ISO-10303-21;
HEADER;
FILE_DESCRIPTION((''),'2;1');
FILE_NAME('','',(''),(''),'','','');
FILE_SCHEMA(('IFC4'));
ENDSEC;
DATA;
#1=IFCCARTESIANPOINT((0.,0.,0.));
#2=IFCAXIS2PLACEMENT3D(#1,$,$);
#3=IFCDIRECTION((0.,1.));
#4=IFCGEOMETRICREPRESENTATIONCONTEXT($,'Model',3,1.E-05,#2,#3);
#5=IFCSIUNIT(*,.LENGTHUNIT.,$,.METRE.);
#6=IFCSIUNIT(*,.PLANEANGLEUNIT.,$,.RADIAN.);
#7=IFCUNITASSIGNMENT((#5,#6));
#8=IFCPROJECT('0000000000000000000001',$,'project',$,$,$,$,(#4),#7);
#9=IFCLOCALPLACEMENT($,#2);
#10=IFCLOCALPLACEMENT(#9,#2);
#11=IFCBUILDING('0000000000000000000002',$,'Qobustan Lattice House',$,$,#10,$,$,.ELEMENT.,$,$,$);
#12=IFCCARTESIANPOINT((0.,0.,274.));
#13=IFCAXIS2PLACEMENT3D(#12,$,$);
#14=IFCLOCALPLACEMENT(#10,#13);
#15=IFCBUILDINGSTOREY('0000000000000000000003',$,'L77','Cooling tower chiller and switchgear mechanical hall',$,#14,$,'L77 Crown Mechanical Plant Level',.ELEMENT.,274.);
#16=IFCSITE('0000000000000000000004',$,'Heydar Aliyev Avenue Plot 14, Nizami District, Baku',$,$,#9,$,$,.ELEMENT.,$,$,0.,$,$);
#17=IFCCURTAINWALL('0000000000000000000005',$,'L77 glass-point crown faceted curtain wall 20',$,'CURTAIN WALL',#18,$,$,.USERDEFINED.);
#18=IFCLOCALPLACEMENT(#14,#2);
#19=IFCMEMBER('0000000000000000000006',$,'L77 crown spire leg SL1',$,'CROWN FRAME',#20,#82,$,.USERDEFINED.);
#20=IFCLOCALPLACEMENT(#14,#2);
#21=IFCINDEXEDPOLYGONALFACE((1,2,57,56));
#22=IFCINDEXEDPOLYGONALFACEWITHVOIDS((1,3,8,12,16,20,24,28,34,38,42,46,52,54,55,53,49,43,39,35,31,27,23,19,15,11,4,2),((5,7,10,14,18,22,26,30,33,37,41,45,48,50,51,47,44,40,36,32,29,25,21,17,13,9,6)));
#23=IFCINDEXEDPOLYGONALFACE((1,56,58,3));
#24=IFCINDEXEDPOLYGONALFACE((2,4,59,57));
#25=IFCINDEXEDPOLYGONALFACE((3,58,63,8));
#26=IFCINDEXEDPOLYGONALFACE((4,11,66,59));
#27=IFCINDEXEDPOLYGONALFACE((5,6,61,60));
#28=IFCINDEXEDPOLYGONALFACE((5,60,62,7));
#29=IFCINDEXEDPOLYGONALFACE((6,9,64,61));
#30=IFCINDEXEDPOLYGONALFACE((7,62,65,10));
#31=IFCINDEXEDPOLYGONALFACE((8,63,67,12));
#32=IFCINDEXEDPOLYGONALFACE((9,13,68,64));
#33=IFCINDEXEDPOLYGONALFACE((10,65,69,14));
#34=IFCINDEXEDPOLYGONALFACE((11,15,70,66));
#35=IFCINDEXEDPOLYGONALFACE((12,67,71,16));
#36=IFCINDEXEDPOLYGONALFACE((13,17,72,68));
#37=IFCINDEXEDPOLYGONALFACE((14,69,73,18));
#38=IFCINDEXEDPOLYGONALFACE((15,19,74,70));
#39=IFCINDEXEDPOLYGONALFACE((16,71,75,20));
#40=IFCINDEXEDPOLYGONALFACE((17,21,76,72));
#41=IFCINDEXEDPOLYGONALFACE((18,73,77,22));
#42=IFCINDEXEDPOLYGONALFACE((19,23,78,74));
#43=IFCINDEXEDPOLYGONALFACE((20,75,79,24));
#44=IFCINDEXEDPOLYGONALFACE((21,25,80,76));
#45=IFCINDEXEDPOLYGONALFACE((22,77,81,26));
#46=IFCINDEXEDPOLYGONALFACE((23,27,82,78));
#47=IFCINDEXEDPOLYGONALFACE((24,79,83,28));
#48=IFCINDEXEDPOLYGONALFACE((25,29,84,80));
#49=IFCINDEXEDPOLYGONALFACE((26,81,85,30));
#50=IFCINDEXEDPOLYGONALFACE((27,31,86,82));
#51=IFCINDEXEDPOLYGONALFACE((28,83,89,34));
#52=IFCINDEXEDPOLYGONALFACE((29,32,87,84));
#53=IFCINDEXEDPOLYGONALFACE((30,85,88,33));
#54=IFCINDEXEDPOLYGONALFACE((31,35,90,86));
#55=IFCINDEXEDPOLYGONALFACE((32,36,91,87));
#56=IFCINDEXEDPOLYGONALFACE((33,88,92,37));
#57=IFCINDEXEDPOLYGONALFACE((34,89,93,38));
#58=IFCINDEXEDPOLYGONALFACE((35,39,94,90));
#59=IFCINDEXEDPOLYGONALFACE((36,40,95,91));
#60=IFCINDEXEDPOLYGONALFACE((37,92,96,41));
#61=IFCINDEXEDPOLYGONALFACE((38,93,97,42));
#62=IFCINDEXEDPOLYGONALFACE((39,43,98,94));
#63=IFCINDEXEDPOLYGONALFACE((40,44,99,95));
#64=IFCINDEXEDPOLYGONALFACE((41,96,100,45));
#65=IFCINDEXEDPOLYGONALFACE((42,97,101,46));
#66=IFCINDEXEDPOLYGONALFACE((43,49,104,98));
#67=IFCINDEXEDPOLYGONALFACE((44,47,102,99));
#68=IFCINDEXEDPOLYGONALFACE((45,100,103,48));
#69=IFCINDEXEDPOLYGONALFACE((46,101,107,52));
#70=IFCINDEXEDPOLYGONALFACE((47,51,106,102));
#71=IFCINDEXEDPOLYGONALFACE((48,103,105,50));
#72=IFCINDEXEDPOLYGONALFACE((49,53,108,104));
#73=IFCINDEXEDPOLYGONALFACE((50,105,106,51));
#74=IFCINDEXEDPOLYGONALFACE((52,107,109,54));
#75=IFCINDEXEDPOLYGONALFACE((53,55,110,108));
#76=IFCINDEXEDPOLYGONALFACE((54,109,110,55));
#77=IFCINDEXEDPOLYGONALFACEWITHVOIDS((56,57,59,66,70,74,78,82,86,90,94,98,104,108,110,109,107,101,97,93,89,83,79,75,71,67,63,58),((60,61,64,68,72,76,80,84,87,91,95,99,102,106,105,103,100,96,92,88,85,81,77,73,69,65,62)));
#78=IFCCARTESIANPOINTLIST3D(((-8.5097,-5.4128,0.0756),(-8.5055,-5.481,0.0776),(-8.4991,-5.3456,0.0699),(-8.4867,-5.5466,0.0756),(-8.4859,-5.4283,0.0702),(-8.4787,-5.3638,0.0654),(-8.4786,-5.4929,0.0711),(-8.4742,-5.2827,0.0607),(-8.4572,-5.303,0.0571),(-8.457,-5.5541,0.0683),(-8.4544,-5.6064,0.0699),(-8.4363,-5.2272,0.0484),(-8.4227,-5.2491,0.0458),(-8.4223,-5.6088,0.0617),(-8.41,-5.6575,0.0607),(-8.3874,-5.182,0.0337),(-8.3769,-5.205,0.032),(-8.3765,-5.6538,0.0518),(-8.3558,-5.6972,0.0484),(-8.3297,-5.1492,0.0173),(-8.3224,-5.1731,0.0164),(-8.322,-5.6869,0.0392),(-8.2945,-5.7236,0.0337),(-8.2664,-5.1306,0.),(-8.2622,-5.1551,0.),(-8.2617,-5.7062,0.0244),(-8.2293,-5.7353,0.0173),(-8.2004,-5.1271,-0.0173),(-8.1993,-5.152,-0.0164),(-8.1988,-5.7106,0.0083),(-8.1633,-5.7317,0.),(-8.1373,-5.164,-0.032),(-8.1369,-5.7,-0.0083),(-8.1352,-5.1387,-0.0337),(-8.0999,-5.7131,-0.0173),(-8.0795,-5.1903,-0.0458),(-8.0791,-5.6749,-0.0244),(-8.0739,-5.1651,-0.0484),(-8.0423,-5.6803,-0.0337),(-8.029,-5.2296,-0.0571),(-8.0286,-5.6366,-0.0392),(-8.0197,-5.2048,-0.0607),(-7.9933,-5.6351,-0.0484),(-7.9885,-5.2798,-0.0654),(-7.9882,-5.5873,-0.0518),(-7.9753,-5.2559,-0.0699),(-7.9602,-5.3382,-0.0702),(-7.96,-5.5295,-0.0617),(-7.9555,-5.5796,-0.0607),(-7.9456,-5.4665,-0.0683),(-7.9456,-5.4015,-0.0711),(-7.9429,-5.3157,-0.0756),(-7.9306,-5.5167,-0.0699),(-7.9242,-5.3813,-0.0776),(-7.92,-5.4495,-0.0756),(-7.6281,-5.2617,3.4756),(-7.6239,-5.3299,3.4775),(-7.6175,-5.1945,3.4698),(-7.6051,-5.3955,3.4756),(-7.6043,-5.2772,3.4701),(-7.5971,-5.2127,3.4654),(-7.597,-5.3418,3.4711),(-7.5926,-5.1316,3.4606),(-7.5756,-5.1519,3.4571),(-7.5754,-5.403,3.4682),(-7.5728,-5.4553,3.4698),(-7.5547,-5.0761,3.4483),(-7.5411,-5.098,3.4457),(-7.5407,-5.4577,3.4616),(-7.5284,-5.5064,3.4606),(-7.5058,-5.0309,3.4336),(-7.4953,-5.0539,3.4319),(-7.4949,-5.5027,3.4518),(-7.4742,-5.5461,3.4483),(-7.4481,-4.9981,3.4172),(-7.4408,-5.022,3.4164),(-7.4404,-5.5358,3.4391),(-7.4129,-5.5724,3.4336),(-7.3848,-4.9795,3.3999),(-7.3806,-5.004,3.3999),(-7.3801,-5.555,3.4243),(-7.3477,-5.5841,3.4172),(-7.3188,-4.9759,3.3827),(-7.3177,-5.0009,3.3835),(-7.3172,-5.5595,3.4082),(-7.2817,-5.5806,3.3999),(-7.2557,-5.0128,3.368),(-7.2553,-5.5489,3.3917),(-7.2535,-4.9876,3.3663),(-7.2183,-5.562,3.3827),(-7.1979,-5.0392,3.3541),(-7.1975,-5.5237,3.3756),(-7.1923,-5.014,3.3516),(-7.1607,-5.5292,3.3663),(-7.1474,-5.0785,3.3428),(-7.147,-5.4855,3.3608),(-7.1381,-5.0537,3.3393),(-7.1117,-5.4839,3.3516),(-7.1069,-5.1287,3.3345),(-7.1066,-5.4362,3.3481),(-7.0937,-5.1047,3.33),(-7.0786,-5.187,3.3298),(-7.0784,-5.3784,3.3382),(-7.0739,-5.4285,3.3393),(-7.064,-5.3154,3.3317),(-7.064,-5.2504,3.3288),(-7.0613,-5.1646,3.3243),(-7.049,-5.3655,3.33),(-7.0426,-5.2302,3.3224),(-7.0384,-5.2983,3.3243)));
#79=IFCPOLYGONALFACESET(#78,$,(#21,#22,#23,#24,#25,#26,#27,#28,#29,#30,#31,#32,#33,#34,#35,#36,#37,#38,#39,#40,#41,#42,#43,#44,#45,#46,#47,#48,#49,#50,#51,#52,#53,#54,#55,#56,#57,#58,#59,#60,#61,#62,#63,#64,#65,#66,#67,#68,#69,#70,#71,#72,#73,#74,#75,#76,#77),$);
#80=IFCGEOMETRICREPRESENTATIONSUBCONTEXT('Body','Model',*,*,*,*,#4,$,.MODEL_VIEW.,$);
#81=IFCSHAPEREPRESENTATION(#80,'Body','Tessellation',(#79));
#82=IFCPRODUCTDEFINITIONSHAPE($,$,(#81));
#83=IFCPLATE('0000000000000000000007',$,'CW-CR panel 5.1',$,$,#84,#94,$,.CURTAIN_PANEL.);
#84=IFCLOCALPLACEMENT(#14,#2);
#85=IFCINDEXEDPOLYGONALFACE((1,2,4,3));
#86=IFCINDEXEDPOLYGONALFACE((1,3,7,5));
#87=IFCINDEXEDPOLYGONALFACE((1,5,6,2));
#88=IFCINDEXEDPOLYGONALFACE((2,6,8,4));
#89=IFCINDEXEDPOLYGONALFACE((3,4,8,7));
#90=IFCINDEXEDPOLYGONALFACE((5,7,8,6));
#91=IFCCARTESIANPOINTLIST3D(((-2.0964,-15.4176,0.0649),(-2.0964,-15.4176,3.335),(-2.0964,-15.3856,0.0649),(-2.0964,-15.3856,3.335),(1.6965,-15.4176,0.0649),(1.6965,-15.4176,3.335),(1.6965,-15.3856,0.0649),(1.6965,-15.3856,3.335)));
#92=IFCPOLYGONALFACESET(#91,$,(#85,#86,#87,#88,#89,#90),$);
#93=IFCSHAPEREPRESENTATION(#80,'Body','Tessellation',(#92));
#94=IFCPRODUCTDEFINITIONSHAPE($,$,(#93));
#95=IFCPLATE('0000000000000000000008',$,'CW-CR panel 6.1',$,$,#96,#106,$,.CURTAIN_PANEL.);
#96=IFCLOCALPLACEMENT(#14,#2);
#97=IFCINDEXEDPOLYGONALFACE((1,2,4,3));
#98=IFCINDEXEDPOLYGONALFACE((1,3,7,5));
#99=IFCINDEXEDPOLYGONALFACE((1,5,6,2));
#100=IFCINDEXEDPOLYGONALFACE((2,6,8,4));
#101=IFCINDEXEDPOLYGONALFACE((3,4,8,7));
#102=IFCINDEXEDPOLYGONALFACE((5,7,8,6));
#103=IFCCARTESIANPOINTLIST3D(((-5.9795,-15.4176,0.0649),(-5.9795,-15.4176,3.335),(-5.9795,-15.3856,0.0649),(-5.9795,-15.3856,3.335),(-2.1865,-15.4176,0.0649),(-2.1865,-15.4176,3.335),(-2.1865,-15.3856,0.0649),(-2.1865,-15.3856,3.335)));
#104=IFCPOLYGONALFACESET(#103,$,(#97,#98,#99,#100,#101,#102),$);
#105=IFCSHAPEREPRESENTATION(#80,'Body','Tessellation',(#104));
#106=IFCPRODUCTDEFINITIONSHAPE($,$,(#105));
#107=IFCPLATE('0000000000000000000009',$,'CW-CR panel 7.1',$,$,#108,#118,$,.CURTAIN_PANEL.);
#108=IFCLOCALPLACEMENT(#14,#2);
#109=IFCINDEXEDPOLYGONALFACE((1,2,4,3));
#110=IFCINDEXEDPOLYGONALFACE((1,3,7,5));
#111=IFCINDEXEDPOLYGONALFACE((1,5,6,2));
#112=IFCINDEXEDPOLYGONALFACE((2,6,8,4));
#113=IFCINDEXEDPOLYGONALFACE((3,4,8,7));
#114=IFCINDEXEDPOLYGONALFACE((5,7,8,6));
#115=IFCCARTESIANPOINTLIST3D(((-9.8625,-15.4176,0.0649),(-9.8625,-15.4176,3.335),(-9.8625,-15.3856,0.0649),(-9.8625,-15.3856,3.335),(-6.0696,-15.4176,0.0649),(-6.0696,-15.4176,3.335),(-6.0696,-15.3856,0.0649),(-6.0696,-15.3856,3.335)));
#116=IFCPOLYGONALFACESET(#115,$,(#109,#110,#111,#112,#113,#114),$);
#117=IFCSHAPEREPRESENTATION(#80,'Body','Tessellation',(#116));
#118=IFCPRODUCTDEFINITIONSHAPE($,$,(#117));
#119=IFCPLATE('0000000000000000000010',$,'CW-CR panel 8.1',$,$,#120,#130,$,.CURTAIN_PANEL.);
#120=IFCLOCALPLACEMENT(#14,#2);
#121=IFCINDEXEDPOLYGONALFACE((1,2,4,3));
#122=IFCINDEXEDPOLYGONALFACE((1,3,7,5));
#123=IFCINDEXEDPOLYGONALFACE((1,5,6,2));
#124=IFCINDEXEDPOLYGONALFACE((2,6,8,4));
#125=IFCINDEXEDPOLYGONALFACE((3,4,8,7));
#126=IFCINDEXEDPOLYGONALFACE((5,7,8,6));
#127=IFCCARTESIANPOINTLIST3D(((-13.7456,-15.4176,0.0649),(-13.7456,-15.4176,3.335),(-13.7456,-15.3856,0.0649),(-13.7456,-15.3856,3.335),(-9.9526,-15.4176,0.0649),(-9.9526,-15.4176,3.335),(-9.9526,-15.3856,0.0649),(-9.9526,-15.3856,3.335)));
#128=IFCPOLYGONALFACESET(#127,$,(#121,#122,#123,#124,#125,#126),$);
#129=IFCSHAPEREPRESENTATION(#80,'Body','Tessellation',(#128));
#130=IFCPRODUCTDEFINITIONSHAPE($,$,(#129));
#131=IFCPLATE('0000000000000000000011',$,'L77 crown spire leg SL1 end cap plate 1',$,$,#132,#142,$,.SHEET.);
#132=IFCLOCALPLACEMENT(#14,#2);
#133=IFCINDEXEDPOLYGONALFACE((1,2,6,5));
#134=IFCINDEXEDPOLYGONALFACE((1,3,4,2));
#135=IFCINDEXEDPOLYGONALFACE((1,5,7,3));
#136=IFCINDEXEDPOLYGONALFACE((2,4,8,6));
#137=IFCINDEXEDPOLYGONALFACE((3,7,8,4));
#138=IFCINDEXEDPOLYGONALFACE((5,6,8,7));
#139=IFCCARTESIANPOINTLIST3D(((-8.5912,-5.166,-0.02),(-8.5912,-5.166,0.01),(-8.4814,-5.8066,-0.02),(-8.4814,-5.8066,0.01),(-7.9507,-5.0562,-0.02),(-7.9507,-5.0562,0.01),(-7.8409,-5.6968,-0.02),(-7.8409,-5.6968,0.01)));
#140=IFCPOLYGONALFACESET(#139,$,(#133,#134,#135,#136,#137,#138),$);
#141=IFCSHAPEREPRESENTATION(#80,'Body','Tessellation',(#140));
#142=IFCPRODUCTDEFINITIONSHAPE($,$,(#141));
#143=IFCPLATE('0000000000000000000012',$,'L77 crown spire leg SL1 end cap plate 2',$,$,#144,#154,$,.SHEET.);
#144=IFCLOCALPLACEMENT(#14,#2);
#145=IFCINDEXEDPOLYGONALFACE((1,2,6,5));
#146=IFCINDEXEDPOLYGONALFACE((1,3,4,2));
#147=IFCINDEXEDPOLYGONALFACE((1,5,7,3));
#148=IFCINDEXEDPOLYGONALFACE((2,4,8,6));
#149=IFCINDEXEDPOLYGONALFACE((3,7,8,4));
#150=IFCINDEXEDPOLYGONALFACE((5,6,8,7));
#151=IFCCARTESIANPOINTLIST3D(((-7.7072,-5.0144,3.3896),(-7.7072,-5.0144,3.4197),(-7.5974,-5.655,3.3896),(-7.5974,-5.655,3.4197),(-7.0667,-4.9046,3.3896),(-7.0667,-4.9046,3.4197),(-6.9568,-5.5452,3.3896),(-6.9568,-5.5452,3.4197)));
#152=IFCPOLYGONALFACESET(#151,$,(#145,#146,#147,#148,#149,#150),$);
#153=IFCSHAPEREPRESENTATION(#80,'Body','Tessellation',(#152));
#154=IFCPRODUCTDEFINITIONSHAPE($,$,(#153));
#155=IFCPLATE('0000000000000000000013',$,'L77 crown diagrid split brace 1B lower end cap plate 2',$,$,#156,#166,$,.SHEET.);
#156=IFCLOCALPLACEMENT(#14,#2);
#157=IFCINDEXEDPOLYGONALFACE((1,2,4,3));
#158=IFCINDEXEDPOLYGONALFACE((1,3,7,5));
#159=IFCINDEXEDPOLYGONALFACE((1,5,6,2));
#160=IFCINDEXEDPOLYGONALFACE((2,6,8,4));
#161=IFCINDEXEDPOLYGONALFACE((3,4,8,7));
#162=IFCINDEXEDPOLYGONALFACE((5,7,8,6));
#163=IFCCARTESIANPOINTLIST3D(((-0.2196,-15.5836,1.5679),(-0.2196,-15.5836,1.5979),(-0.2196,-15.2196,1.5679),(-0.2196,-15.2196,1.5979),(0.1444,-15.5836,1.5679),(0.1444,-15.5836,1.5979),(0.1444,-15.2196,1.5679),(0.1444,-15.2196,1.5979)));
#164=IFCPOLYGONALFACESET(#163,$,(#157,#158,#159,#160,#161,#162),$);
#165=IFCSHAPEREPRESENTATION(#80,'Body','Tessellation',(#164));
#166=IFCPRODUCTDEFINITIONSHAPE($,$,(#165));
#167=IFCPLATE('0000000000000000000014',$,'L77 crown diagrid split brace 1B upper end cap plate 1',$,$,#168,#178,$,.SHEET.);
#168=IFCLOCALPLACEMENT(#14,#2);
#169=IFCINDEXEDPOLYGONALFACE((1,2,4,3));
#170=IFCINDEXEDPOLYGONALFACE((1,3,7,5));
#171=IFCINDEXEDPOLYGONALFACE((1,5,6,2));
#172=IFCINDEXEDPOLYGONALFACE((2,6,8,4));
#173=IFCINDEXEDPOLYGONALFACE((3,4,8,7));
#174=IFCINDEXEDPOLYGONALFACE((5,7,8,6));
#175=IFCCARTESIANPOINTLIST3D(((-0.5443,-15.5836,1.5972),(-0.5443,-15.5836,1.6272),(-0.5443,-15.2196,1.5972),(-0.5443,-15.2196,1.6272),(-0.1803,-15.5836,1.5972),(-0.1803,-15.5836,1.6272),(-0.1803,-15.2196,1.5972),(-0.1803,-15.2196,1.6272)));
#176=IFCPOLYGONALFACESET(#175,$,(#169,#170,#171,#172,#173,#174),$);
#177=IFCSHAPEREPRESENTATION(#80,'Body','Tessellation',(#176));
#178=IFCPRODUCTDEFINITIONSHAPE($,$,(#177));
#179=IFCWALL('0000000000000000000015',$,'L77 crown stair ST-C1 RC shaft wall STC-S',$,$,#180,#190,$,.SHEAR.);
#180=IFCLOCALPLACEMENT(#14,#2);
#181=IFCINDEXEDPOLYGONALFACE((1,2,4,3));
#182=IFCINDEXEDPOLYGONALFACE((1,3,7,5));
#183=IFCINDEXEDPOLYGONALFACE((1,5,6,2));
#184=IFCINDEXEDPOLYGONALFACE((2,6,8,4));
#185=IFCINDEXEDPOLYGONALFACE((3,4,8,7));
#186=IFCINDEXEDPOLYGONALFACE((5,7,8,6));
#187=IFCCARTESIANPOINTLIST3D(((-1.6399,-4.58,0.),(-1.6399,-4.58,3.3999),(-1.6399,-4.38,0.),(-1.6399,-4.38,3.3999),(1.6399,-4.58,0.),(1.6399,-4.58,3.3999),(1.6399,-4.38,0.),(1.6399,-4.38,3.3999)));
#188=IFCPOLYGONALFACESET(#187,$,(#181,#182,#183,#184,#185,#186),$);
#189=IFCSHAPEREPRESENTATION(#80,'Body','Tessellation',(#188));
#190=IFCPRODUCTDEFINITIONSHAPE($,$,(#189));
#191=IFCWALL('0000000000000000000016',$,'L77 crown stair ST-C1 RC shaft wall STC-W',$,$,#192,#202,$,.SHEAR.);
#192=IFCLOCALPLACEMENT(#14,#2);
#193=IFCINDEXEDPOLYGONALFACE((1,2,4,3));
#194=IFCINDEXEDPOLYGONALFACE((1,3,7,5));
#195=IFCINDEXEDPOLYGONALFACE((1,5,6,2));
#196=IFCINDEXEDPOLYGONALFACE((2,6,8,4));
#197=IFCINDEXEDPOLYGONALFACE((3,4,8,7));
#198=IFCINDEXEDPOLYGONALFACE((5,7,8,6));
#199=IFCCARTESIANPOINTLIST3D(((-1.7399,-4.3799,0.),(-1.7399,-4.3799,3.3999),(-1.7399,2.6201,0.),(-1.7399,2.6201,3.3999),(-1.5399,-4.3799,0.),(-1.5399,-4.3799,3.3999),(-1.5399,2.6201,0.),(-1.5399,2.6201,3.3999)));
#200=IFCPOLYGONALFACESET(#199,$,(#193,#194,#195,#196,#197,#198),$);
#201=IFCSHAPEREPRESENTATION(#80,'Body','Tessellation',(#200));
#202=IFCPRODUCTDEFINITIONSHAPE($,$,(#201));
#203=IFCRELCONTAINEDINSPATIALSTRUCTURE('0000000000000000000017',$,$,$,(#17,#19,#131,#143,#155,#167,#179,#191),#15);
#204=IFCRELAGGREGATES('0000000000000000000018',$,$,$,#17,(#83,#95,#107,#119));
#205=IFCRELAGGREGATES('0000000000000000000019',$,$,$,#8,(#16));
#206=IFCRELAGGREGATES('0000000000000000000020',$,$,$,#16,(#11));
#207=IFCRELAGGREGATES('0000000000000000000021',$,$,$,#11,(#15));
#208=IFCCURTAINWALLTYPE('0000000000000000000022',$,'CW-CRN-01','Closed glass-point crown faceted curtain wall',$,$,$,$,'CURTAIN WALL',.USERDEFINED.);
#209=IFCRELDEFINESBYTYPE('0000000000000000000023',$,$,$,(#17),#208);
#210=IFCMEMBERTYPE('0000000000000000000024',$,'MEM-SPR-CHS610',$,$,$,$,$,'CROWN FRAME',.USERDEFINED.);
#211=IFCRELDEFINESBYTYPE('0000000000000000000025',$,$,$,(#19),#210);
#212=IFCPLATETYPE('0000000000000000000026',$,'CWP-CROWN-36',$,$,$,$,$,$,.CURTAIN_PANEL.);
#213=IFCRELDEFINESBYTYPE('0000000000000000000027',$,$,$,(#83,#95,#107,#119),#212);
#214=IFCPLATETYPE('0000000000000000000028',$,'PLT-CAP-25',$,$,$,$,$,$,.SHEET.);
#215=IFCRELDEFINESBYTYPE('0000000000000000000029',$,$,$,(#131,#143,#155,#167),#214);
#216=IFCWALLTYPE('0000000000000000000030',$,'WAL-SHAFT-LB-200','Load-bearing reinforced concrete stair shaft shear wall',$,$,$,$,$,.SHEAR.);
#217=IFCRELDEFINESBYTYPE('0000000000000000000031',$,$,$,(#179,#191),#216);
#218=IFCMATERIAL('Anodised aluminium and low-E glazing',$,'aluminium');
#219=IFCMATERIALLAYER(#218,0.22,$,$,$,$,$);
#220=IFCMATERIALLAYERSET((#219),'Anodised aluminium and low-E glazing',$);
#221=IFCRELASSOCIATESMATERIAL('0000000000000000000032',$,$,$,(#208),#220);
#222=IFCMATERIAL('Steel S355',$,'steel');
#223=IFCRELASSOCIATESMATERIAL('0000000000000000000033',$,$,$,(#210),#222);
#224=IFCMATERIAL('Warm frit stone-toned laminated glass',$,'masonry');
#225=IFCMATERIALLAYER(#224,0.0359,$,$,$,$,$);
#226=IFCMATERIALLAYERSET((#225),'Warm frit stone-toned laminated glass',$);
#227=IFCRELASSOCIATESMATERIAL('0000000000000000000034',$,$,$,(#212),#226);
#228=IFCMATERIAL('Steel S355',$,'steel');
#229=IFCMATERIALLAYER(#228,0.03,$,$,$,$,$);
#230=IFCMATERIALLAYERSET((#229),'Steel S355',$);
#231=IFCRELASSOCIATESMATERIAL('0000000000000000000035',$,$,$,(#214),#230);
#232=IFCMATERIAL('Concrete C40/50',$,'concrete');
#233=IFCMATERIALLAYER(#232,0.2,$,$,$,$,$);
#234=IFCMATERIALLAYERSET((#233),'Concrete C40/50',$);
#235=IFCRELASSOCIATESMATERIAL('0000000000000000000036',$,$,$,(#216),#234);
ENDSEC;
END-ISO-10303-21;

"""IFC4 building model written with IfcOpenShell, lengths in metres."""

from ifc_helpers import new_model, si_unit, direction, frame, frame_2d, origin, origin_2d, place, context, subcontext, project, spatial, rectangle, hollow_circle, extrude, material, layer, layer_set, material_profile, profile_set, type_object, element, aggregate, save


model = new_model("IFC4")

# Units and contexts
model_context = context("Model", 3, precision=1e-05, world=origin(), true_north=direction((0.0, 1.0)))
body_context = subcontext(model_context, "Body", "Model", "MODEL_VIEW")
ifc_project = project(units=[si_unit("LENGTHUNIT", "METRE"), si_unit("PLANEANGLEUNIT", "RADIAN")], contexts=[model_context])

# Site, building, storey
site_placement = place(None, origin())
site = spatial("IfcSite", under=ifc_project, at=site_placement, Name="Heydar Aliyev Avenue Plot 14, Nizami District, Baku", CompositionType="ELEMENT", RefElevation=0.0)
building_placement = place(site_placement, origin())
building = spatial("IfcBuilding", under=site, at=building_placement, Name="Qobustan Lattice House", CompositionType="ELEMENT")
storey_placement = place(building_placement, frame((0.0, 0.0, 274.0)))
storey = spatial("IfcBuildingStorey", under=building, at=storey_placement, Name="L77", Description="Cooling tower chiller and switchgear mechanical hall", LongName="L77 Crown Mechanical Plant Level", CompositionType="ELEMENT", Elevation=274.0)

# Curtain wall
ifc_material_1 = material(Name="Anodised aluminium and low-E glazing", Category="aluminium")
ifc_layer_1 = layer(ifc_material_1, 0.22)
ifc_layer_set_1 = layer_set([ifc_layer_1], Name="Anodised aluminium and low-E glazing")
curtain_wall_type = type_object("IfcCurtainWallType", Name="CW-CRN-01", Description="Closed glass-point crown faceted curtain wall", ElementType="CURTAIN WALL", PredefinedType="USERDEFINED", material=ifc_layer_set_1)
curtain_wall_placement = place(storey_placement, origin())
curtain_wall = element("IfcCurtainWall", 1, at=curtain_wall_placement, inside=storey, type_object=curtain_wall_type, Name="L77 glass-point crown faceted curtain wall 20", ObjectType="CURTAIN WALL", PredefinedType="USERDEFINED")

# Member
ifc_material_2 = material(Name="Steel S355", Category="steel")
ifc_material_profile_1 = material_profile(ifc_material_2, hollow_circle(Radius=0.3049, WallThickness=0.0249, at=origin_2d()), Name="CHS610x25")
ifc_profile_set_1 = profile_set([ifc_material_profile_1], Name="Steel S355")
member_type_1 = type_object("IfcMemberType", Name="MEM-SPR-CHS610", ElementType="CROWN FRAME", PredefinedType="USERDEFINED", material=ifc_profile_set_1)
member_1_placement = place(storey_placement, frame((-8.2148, -5.4312, 0.0), z_axis=(0.250766, 0.042987, 0.967093), x_axis=(-0.168956, 0.985624, 0.0)))
element("IfcMember", 2, at=member_1_placement, inside=storey, type_object=member_type_1, Name="L77 crown spire leg SL1", ObjectType="CROWN FRAME", PredefinedType="USERDEFINED", context=body_context, shape_type="SweptSolid", body=[
    extrude(hollow_circle(Radius=0.3049, WallThickness=0.0249, at=origin_2d()), origin(), (0.0, 0.0, 1.0), 3.5156),
])

# Plates
ifc_material_3 = material(Name="Warm frit stone-toned laminated glass", Category="masonry")
ifc_layer_2 = layer(ifc_material_3, 0.0359)
ifc_layer_set_2 = layer_set([ifc_layer_2], Name="Warm frit stone-toned laminated glass")
plate_type_1 = type_object("IfcPlateType", Name="CWP-CROWN-36", PredefinedType="CURTAIN_PANEL", material=ifc_layer_set_2)
plate_1_placement = place(storey_placement, frame((-0.2, -15.4016, 0.0649), z_axis=(0.0, 0.0, 1.0), x_axis=(-1.0, 0.0, 0.0)))
plate_1 = element("IfcPlate", 3, at=plate_1_placement, type_object=plate_type_1, Name="CW-CR panel 5.1", PredefinedType="CURTAIN_PANEL", context=body_context, shape_type="SweptSolid", body=[
    extrude(rectangle(XDim=3.793, YDim=0.032, at=origin_2d()), origin(), (0.0, 0.0, 1.0), 3.27),
])
plate_2_placement = place(storey_placement, frame((-4.083, -15.4016, 0.0649), z_axis=(0.0, 0.0, 1.0), x_axis=(-1.0, 0.0, 0.0)))
plate_2 = element("IfcPlate", 4, at=plate_2_placement, type_object=plate_type_1, Name="CW-CR panel 6.1", PredefinedType="CURTAIN_PANEL", context=body_context, shape_type="SweptSolid", body=[
    extrude(rectangle(XDim=3.793, YDim=0.032, at=origin_2d()), origin(), (0.0, 0.0, 1.0), 3.27),
])
plate_3_placement = place(storey_placement, frame((-7.9661, -15.4016, 0.0649), z_axis=(0.0, 0.0, 1.0), x_axis=(-1.0, 0.0, 0.0)))
plate_3 = element("IfcPlate", 5, at=plate_3_placement, type_object=plate_type_1, Name="CW-CR panel 7.1", PredefinedType="CURTAIN_PANEL", context=body_context, shape_type="SweptSolid", body=[
    extrude(rectangle(XDim=3.793, YDim=0.032, at=origin_2d()), origin(), (0.0, 0.0, 1.0), 3.27),
])
plate_4_placement = place(storey_placement, frame((-11.8491, -15.4016, 0.0649), z_axis=(0.0, 0.0, 1.0), x_axis=(-1.0, 0.0, 0.0)))
plate_4 = element("IfcPlate", 6, at=plate_4_placement, type_object=plate_type_1, Name="CW-CR panel 8.1", PredefinedType="CURTAIN_PANEL", context=body_context, shape_type="SweptSolid", body=[
    extrude(rectangle(XDim=3.793, YDim=0.032, at=origin_2d()), origin(), (0.0, 0.0, 1.0), 3.27),
])
aggregate(curtain_wall, [plate_1, plate_2, plate_3, plate_4])

# Plates
ifc_material_4 = material(Name="Steel S355", Category="steel")
ifc_layer_3 = layer(ifc_material_4, 0.03)
ifc_layer_set_3 = layer_set([ifc_layer_3], Name="Steel S355")
plate_type_2 = type_object("IfcPlateType", Name="PLT-CAP-25", PredefinedType="SHEET", material=ifc_layer_set_3)
for number, where, z_axis, x_axis, name in (
    (7, (-8.2161, -5.4314, -0.02), (0.0, 0.0, 1.0), (0.985624, 0.168954, 0.0), "L77 crown spire leg SL1 end cap plate 1"),
    (8, (-7.332, -5.2798, 3.3896), (0.0, 0.0, 1.0), (0.985624, 0.168954, 0.0), "L77 crown spire leg SL1 end cap plate 2"),
):
    element("IfcPlate", number, at=place(storey_placement, frame(where, z_axis=z_axis, x_axis=x_axis)), inside=storey, type_object=plate_type_2, Name=name, PredefinedType="SHEET", context=body_context, shape_type="SweptSolid", body=[
        extrude(rectangle(XDim=0.6499, YDim=0.6499, at=origin_2d()), origin(), (0.0, 0.0, 1.0), 0.03),
    ])
for number, where, z_axis, x_axis, name in (
    (9, (-0.0376, -15.4016, 1.5679), (0.0, 0.0, 1.0), (-1.0, 0.0, 0.0), "L77 crown diagrid split brace 1B lower end cap plate 2"),
    (10, (-0.3623, -15.4016, 1.5972), (0.0, 0.0, 1.0), (-1.0, 0.0, 0.0), "L77 crown diagrid split brace 1B upper end cap plate 1"),
):
    element("IfcPlate", number, at=place(storey_placement, frame(where, z_axis=z_axis, x_axis=x_axis)), inside=storey, type_object=plate_type_2, Name=name, PredefinedType="SHEET", context=body_context, shape_type="SweptSolid", body=[
        extrude(rectangle(XDim=0.364, YDim=0.364, at=origin_2d()), origin(), (0.0, 0.0, 1.0), 0.03),
    ])

# Walls
ifc_material_5 = material(Name="Concrete C40/50", Category="concrete")
ifc_layer_4 = layer(ifc_material_5, 0.2)
ifc_layer_set_4 = layer_set([ifc_layer_4], Name="Concrete C40/50")
wall_type = type_object("IfcWallType", Name="WAL-SHAFT-LB-200", Description="Load-bearing reinforced concrete stair shaft shear wall", PredefinedType="SHEAR", material=ifc_layer_set_4)
wall_1_placement = place(storey_placement, frame((-1.6399, -4.48, 0.0), z_axis=(0.0, 0.0, 1.0), x_axis=(1.0, 0.0, 0.0)))
element("IfcWall", 11, at=wall_1_placement, inside=storey, type_object=wall_type, Name="L77 crown stair ST-C1 RC shaft wall STC-S", PredefinedType="SHEAR", context=body_context, shape_type="SweptSolid", body=[
    extrude(rectangle(XDim=3.2798, YDim=0.2, at=frame_2d((1.6399, 0.0))), origin(), (0.0, 0.0, 1.0), 3.3999),
])
wall_2_placement = place(storey_placement, frame((-1.6399, -4.3799, 0.0), z_axis=(0.0, 0.0, 1.0), x_axis=(0.0, 1.0, 0.0)))
element("IfcWall", 12, at=wall_2_placement, inside=storey, type_object=wall_type, Name="L77 crown stair ST-C1 RC shaft wall STC-W", PredefinedType="SHEAR", context=body_context, shape_type="SweptSolid", body=[
    extrude(rectangle(XDim=7.0, YDim=0.2, at=frame_2d((3.5, 0.0))), origin(), (0.0, 0.0, 1.0), 3.3999),
])

save(model, "model.ifc")
